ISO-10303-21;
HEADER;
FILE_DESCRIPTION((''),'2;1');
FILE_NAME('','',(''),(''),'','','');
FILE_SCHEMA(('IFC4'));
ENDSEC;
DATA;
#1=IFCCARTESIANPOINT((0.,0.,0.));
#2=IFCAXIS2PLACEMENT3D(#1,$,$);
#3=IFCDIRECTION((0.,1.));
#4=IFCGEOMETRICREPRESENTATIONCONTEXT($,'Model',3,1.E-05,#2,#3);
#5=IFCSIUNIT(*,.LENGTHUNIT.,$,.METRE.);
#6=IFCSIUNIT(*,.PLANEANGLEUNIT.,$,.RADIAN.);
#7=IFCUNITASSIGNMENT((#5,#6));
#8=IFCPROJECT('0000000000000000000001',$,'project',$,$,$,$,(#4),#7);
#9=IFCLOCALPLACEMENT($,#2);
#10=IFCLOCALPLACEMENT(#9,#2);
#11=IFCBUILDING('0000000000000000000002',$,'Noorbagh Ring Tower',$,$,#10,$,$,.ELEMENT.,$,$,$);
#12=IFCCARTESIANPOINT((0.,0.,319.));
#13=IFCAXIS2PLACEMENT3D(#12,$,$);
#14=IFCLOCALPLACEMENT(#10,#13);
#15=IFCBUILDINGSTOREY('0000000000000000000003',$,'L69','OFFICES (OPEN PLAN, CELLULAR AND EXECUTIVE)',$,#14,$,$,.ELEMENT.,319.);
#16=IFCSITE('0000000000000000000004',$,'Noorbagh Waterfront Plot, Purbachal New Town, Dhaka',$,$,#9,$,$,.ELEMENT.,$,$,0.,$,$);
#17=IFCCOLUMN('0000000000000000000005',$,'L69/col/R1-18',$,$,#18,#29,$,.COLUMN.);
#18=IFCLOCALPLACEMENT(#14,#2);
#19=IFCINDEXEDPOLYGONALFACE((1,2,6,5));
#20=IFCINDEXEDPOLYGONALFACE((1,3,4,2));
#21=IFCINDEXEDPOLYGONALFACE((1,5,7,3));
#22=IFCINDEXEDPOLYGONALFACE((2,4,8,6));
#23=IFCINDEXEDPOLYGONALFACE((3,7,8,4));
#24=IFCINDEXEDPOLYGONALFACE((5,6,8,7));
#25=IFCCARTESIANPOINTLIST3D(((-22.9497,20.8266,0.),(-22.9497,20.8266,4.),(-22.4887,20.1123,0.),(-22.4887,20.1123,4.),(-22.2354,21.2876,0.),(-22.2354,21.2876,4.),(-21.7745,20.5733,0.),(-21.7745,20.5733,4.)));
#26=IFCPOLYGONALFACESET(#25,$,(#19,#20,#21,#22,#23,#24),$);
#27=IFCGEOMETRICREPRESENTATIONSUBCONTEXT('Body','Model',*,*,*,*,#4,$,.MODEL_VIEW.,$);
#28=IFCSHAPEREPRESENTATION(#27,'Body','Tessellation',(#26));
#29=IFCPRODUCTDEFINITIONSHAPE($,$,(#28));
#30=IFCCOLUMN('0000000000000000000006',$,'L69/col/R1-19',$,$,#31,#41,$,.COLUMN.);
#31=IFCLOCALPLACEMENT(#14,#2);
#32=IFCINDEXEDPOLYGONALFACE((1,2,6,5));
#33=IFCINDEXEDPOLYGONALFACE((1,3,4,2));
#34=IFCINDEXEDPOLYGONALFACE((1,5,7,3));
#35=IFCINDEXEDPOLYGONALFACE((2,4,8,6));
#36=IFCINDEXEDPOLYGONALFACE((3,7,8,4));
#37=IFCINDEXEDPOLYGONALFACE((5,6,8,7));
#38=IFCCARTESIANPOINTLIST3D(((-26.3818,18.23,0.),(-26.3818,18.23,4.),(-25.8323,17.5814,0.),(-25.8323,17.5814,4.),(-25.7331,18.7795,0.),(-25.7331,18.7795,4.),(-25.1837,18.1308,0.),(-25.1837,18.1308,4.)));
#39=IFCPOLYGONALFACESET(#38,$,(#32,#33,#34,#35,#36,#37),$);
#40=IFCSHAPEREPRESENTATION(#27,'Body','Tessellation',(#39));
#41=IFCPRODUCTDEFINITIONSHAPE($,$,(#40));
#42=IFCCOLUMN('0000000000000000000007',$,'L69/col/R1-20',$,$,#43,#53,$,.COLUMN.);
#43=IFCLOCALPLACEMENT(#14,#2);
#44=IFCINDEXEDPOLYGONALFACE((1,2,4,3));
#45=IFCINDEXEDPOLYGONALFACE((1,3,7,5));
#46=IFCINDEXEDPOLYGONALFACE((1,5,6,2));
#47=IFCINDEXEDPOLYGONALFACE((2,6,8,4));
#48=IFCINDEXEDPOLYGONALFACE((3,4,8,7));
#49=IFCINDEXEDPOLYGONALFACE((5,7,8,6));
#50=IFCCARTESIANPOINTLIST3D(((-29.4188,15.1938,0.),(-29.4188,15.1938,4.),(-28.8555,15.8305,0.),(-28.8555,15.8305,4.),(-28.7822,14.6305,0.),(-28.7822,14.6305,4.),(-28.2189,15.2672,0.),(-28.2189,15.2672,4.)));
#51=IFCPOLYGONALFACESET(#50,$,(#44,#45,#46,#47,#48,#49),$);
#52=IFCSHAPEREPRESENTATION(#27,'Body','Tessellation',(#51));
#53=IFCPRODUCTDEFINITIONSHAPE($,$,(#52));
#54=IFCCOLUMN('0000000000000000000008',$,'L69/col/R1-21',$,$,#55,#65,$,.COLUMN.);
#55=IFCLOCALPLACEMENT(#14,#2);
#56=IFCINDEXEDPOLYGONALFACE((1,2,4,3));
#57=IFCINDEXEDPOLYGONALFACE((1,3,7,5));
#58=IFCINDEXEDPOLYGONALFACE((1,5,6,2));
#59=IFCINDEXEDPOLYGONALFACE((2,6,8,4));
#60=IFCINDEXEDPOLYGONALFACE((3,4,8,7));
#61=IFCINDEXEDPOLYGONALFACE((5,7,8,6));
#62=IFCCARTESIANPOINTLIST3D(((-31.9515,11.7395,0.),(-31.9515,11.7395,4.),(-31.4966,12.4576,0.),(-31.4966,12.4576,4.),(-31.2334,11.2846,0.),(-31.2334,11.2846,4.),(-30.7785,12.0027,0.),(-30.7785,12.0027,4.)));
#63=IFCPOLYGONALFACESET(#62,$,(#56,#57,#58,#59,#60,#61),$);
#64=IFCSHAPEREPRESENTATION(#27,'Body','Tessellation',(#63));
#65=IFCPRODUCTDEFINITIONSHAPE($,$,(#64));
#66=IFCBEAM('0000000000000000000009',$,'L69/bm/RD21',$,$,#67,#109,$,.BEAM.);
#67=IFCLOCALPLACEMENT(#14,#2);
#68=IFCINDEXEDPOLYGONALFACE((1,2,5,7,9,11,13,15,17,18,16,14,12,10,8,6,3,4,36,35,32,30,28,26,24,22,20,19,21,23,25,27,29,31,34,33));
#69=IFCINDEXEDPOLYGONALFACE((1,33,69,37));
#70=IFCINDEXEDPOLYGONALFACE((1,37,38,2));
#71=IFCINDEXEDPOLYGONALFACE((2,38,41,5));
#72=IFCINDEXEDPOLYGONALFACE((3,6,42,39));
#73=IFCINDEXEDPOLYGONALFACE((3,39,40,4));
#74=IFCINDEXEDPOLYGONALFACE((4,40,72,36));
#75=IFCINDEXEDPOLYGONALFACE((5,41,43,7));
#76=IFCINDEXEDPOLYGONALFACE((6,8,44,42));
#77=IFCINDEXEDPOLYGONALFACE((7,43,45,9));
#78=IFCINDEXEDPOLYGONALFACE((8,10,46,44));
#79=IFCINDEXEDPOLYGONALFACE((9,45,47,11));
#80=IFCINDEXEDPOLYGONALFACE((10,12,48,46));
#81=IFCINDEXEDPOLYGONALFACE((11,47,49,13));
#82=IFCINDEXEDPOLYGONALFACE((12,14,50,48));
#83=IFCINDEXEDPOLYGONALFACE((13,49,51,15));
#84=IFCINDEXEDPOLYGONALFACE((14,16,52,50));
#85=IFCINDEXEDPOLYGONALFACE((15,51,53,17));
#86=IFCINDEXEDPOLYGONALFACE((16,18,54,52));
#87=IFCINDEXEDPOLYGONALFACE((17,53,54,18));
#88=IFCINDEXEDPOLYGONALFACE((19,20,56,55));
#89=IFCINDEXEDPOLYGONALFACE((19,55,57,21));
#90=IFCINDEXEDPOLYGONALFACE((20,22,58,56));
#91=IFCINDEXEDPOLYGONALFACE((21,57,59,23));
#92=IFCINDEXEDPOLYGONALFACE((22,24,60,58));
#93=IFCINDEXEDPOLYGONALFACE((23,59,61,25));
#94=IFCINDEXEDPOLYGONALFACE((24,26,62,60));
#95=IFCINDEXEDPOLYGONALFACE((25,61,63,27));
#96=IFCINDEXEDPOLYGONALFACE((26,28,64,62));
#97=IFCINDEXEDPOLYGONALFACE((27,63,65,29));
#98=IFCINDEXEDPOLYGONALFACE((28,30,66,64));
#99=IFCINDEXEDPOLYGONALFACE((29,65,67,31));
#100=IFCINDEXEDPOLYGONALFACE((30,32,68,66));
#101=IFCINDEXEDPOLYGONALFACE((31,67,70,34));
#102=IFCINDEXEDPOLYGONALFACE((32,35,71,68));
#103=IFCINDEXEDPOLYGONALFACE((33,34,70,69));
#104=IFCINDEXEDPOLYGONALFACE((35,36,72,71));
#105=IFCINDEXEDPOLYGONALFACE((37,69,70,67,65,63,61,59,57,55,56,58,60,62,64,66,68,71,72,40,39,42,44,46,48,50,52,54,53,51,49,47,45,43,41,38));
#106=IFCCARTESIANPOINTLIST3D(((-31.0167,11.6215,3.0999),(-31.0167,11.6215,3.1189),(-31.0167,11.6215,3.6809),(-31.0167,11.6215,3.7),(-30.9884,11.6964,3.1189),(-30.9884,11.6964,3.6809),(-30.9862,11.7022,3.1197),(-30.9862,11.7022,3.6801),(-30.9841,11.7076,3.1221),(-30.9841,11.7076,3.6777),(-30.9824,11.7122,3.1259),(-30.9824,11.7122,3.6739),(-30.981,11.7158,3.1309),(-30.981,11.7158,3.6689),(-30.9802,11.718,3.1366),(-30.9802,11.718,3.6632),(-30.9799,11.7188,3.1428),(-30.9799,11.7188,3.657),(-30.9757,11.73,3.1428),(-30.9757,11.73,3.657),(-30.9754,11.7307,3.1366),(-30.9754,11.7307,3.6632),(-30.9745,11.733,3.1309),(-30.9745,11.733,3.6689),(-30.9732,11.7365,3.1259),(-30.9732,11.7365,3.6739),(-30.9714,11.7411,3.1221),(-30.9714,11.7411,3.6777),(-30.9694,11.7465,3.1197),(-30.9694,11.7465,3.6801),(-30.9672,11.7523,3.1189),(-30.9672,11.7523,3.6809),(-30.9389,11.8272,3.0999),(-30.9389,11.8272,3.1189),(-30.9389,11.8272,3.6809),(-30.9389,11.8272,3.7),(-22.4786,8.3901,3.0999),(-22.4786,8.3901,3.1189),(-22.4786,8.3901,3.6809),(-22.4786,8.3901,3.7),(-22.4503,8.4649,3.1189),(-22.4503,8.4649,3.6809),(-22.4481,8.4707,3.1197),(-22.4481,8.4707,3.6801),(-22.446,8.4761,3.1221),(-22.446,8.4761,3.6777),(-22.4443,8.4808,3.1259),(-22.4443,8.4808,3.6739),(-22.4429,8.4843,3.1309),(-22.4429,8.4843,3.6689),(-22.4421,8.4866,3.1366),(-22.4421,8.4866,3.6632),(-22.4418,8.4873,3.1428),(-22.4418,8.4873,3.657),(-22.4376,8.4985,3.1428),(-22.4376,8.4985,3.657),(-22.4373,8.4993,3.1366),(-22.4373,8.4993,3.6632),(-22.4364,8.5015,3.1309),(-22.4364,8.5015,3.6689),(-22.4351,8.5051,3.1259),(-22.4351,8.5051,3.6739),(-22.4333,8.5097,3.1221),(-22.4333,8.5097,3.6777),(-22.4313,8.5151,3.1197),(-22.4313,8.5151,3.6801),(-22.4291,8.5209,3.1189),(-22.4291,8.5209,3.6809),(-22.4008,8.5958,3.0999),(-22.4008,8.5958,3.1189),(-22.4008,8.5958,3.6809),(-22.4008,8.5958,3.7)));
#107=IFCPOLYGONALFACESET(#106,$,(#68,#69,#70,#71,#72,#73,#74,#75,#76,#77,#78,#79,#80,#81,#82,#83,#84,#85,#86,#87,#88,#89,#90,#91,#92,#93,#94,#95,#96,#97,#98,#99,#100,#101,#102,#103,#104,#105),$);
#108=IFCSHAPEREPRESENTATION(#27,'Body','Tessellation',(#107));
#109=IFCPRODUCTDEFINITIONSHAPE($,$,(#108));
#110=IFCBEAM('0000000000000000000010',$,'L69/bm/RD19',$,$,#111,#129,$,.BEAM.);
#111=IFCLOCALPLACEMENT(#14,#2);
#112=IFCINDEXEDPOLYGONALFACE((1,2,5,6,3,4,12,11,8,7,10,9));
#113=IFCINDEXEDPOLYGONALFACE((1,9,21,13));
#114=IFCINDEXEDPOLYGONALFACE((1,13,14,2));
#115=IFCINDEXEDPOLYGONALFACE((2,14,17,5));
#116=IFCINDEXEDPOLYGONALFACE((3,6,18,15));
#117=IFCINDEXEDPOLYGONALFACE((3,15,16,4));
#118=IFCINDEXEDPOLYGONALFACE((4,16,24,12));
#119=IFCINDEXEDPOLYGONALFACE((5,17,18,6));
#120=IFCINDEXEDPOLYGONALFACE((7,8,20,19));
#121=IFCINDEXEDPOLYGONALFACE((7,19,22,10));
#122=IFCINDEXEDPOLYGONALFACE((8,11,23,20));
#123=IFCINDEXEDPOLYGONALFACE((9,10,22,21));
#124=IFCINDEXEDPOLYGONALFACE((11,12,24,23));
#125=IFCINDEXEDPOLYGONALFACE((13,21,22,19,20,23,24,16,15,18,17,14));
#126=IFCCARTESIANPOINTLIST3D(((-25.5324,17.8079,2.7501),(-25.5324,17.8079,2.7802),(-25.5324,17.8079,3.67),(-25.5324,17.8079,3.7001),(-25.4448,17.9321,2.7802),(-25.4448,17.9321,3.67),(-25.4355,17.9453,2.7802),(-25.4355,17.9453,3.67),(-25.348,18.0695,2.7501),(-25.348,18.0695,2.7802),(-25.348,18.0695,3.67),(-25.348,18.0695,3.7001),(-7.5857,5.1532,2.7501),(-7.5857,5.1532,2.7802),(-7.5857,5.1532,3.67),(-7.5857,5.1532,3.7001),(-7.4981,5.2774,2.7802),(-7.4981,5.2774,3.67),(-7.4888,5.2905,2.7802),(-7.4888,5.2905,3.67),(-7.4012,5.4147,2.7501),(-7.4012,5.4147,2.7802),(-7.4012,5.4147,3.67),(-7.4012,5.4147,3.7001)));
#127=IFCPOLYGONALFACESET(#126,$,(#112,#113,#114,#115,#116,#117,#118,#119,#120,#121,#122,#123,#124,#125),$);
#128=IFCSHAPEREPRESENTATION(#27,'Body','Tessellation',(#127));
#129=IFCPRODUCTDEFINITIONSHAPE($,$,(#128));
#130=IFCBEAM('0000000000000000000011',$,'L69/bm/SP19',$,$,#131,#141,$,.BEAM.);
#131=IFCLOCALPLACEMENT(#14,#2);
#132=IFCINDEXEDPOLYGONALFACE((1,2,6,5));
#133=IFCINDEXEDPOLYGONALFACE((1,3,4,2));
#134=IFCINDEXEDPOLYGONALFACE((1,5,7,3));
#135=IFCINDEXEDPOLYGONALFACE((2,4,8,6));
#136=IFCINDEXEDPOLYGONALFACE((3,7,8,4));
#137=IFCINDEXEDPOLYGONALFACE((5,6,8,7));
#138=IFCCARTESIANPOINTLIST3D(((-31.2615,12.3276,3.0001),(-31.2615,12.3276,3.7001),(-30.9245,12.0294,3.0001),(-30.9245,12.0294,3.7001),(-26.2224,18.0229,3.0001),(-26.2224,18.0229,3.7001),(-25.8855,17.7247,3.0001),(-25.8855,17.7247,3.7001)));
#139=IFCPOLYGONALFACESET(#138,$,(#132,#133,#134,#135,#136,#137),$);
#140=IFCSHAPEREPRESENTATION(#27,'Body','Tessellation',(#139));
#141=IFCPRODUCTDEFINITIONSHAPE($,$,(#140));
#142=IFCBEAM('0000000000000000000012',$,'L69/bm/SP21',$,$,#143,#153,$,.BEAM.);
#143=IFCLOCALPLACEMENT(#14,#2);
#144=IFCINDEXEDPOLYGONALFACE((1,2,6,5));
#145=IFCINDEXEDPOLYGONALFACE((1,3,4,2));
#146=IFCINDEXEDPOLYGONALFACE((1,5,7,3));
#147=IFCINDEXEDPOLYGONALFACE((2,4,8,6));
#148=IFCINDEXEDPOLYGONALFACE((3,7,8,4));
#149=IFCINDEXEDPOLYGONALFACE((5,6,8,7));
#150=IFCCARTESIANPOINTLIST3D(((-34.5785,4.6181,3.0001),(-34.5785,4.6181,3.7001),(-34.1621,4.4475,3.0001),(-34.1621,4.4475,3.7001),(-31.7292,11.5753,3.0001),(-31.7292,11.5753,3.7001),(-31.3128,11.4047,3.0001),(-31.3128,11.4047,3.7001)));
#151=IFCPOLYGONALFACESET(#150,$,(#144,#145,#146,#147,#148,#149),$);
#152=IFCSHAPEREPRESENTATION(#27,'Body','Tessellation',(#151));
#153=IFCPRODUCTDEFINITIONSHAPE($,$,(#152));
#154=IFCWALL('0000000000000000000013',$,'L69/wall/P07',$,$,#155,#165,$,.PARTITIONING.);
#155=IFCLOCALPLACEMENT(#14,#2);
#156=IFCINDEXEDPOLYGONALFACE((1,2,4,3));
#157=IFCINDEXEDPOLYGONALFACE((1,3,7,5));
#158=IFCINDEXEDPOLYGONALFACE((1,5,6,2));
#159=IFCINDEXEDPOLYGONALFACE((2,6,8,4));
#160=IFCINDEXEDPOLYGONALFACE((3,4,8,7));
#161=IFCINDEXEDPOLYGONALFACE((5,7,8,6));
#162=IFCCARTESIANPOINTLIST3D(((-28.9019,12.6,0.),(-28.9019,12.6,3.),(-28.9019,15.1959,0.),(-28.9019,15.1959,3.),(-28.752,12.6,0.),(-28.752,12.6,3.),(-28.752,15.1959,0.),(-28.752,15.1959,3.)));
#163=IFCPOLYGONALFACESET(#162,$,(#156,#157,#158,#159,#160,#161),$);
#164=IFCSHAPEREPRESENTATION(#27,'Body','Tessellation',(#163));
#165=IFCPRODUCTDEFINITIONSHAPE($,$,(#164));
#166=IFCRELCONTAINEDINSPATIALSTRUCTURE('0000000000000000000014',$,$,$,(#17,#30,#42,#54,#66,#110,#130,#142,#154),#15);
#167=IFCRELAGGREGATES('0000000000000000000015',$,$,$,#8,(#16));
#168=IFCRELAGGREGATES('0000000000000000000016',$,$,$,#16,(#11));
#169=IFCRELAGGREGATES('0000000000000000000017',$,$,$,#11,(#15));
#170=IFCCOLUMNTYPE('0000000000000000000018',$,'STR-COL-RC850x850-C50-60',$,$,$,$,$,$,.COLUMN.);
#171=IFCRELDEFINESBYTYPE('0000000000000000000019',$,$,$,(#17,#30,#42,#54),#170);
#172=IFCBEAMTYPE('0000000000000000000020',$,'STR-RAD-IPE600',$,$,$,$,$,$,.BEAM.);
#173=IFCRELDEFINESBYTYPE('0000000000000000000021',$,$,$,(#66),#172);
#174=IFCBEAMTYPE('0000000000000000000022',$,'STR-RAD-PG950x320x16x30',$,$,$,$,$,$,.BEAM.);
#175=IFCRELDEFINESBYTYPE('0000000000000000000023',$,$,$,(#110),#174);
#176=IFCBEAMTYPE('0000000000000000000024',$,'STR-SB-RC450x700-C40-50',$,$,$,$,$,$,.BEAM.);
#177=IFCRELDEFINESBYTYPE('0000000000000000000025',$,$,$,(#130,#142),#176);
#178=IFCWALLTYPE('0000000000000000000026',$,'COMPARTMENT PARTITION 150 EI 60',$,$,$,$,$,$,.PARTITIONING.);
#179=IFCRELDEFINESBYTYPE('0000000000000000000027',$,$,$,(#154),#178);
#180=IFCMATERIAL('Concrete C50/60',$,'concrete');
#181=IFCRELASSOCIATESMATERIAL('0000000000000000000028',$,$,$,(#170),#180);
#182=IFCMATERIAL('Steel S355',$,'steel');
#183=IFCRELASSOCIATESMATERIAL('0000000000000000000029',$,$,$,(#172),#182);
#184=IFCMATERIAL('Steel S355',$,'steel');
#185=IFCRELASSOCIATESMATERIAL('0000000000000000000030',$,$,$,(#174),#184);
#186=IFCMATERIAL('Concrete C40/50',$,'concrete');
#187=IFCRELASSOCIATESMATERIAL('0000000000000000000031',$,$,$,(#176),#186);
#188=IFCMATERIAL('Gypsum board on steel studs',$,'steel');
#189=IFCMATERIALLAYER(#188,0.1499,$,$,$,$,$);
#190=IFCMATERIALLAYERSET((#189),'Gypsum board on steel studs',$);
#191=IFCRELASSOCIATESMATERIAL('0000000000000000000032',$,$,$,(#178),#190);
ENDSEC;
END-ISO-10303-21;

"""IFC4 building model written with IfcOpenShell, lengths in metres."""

from ifc_helpers import new_model, si_unit, direction, frame, frame_2d, origin, origin_2d, place, context, subcontext, project, spatial, rectangle, i_section, extrude, material, layer, layer_set, material_profile, profile_set, type_object, element, save


model = new_model("IFC4")

# Units and contexts
model_context = context("Model", 3, precision=1e-05, world=origin(), true_north=direction((0.0, 1.0)))
body_context = subcontext(model_context, "Body", "Model", "MODEL_VIEW")
ifc_project = project(units=[si_unit("LENGTHUNIT", "METRE"), si_unit("PLANEANGLEUNIT", "RADIAN")], contexts=[model_context])

# Site, building, storey
site_placement = place(None, origin())
site = spatial("IfcSite", under=ifc_project, at=site_placement, Name="Noorbagh Waterfront Plot, Purbachal New Town, Dhaka", CompositionType="ELEMENT", RefElevation=0.0)
building_placement = place(site_placement, origin())
building = spatial("IfcBuilding", under=site, at=building_placement, Name="Noorbagh Ring Tower", CompositionType="ELEMENT")
storey_placement = place(building_placement, frame((0.0, 0.0, 319.0)))
storey = spatial("IfcBuildingStorey", under=building, at=storey_placement, Name="L69", Description="OFFICES (OPEN PLAN, CELLULAR AND EXECUTIVE)", CompositionType="ELEMENT", Elevation=319.0)

# Columns
ifc_material_1 = material(Name="Concrete C50/60", Category="concrete")
ifc_material_profile_1 = material_profile(ifc_material_1, rectangle(XDim=0.8501, YDim=0.8501, at=origin_2d()), Name="RC850x850")
ifc_profile_set_1 = profile_set([ifc_material_profile_1], Name="Concrete C50/60")
column_type = type_object("IfcColumnType", Name="STR-COL-RC850x850-C50-60", PredefinedType="COLUMN", material=ifc_profile_set_1)
for number, where, z_axis, x_axis, name in (
    (1, (-22.3621, 20.7, 0.0), (0.0, 0.0, 1.0), (-0.840248, -0.542203, 0.0), "L69/col/R1-18"),
    (2, (-25.7827, 18.1804, 0.0), (0.0, 0.0, 1.0), (-0.763035, -0.646357, 0.0), "L69/col/R1-19"),
    (3, (-28.8188, 15.2305, 0.0), (0.0, 0.0, 1.0), (-0.662636, -0.748942, 0.0), "L69/col/R1-20"),
    (4, (-31.365, 11.8711, 0.0), (0.0, 0.0, 1.0), (-0.53519, -0.844731, 0.0), "L69/col/R1-21"),
):
    element("IfcColumn", number, at=place(storey_placement, frame(where, z_axis=z_axis, x_axis=x_axis)), inside=storey, type_object=column_type, Name=name, PredefinedType="COLUMN", context=body_context, shape_type="SweptSolid", body=[
        extrude(rectangle(XDim=0.8501, YDim=0.8501, at=origin_2d()), origin(), (0.0, 0.0, 1.0), 4.0),
    ])

# Beams
ifc_material_2 = material(Name="Steel S355", Category="steel")
ifc_material_profile_2 = material_profile(ifc_material_2, i_section(OverallWidth=0.22, OverallDepth=0.6001, WebThickness=0.012, FlangeThickness=0.019, FilletRadius=0.0239, at=origin_2d()), Name="IPE600")
ifc_profile_set_2 = profile_set([ifc_material_profile_2], Name="Steel S355")
beam_type_1 = type_object("IfcBeamType", Name="STR-RAD-IPE600", PredefinedType="BEAM", material=ifc_profile_set_2)
beam_1_placement = place(storey_placement, frame((-30.9778, 11.7244, 3.3999), z_axis=(0.935257, -0.35397, 0.0), x_axis=(0.35397, 0.935257, 0.0)))
element("IfcBeam", 5, at=beam_1_placement, inside=storey, type_object=beam_type_1, Name="L69/bm/RD21", PredefinedType="BEAM", context=body_context, shape_type="SweptSolid", body=[
    extrude(i_section(OverallWidth=0.22, OverallDepth=0.6001, WebThickness=0.012, FlangeThickness=0.019, FilletRadius=0.0239, at=origin_2d()), origin(), (0.0, 0.0, 1.0), 9.1292),
])
ifc_material_3 = material(Name="Steel S355", Category="steel")
ifc_material_profile_3 = material_profile(ifc_material_3, i_section(OverallWidth=0.3201, OverallDepth=0.95, WebThickness=0.0161, FlangeThickness=0.03, at=origin_2d()), Name="PG950x320x16x30")
ifc_profile_set_3 = profile_set([ifc_material_profile_3], Name="Steel S355")
beam_type_2 = type_object("IfcBeamType", Name="STR-RAD-PG950x320x16x30", PredefinedType="BEAM", material=ifc_profile_set_3)
beam_2_placement = place(storey_placement, frame((-25.4402, 17.9387, 3.2251), z_axis=(0.817258, -0.576272, 0.0), x_axis=(0.576272, 0.817258, 0.0)))
element("IfcBeam", 6, at=beam_2_placement, inside=storey, type_object=beam_type_2, Name="L69/bm/RD19", PredefinedType="BEAM", context=body_context, shape_type="SweptSolid", body=[
    extrude(i_section(OverallWidth=0.3201, OverallDepth=0.95, WebThickness=0.0161, FlangeThickness=0.03, at=origin_2d()), origin(), (0.0, 0.0, 1.0), 21.9597),
])
ifc_material_4 = material(Name="Concrete C40/50", Category="concrete")
ifc_material_profile_4 = material_profile(ifc_material_4, rectangle(XDim=0.45, YDim=0.7, at=origin_2d()), Name="RC450x700")
ifc_profile_set_4 = profile_set([ifc_material_profile_4], Name="Concrete C40/50")
beam_type_3 = type_object("IfcBeamType", Name="STR-SB-RC450x700-C40-50", PredefinedType="BEAM", material=ifc_profile_set_4)
beam_3_placement = place(storey_placement, frame((-26.054, 17.8738, 3.3501), z_axis=(-0.66264, -0.748938, 0.0), x_axis=(0.748938, -0.66264, 0.0)))
element("IfcBeam", 7, at=beam_3_placement, inside=storey, type_object=beam_type_3, Name="L69/bm/SP19", PredefinedType="BEAM", context=body_context, shape_type="SweptSolid", body=[
    extrude(rectangle(XDim=0.45, YDim=0.7, at=origin_2d()), origin(), (0.0, 0.0, 1.0), 7.6045),
])
beam_4_placement = place(storey_placement, frame((-31.521, 11.49, 3.3501), z_axis=(-0.378998, -0.925397, 0.0), x_axis=(0.925397, -0.378998, 0.0)))
element("IfcBeam", 8, at=beam_4_placement, inside=storey, type_object=beam_type_3, Name="L69/bm/SP21", PredefinedType="BEAM", context=body_context, shape_type="SweptSolid", body=[
    extrude(rectangle(XDim=0.45, YDim=0.7, at=origin_2d()), origin(), (0.0, 0.0, 1.0), 7.5181),
])

# Wall
ifc_material_5 = material(Name="Gypsum board on steel studs", Category="steel")
ifc_layer_1 = layer(ifc_material_5, 0.1499)
ifc_layer_set_1 = layer_set([ifc_layer_1], Name="Gypsum board on steel studs")
wall_type_1 = type_object("IfcWallType", Name="COMPARTMENT PARTITION 150 EI 60", PredefinedType="PARTITIONING", material=ifc_layer_set_1)
wall_1_placement = place(storey_placement, frame((-28.8269, 12.6001, 0.0), z_axis=(0.0, 0.0, 1.0), x_axis=(0.0, 1.0, 0.0)))
element("IfcWall", 9, at=wall_1_placement, inside=storey, type_object=wall_type_1, Name="L69/wall/P07", PredefinedType="PARTITIONING", context=body_context, shape_type="SweptSolid", body=[
    extrude(rectangle(XDim=2.5959, YDim=0.1499, at=frame_2d((1.2979, 0.0))), origin(), (0.0, 0.0, 1.0), 3.0),
])

save(model, "model.ifc")
